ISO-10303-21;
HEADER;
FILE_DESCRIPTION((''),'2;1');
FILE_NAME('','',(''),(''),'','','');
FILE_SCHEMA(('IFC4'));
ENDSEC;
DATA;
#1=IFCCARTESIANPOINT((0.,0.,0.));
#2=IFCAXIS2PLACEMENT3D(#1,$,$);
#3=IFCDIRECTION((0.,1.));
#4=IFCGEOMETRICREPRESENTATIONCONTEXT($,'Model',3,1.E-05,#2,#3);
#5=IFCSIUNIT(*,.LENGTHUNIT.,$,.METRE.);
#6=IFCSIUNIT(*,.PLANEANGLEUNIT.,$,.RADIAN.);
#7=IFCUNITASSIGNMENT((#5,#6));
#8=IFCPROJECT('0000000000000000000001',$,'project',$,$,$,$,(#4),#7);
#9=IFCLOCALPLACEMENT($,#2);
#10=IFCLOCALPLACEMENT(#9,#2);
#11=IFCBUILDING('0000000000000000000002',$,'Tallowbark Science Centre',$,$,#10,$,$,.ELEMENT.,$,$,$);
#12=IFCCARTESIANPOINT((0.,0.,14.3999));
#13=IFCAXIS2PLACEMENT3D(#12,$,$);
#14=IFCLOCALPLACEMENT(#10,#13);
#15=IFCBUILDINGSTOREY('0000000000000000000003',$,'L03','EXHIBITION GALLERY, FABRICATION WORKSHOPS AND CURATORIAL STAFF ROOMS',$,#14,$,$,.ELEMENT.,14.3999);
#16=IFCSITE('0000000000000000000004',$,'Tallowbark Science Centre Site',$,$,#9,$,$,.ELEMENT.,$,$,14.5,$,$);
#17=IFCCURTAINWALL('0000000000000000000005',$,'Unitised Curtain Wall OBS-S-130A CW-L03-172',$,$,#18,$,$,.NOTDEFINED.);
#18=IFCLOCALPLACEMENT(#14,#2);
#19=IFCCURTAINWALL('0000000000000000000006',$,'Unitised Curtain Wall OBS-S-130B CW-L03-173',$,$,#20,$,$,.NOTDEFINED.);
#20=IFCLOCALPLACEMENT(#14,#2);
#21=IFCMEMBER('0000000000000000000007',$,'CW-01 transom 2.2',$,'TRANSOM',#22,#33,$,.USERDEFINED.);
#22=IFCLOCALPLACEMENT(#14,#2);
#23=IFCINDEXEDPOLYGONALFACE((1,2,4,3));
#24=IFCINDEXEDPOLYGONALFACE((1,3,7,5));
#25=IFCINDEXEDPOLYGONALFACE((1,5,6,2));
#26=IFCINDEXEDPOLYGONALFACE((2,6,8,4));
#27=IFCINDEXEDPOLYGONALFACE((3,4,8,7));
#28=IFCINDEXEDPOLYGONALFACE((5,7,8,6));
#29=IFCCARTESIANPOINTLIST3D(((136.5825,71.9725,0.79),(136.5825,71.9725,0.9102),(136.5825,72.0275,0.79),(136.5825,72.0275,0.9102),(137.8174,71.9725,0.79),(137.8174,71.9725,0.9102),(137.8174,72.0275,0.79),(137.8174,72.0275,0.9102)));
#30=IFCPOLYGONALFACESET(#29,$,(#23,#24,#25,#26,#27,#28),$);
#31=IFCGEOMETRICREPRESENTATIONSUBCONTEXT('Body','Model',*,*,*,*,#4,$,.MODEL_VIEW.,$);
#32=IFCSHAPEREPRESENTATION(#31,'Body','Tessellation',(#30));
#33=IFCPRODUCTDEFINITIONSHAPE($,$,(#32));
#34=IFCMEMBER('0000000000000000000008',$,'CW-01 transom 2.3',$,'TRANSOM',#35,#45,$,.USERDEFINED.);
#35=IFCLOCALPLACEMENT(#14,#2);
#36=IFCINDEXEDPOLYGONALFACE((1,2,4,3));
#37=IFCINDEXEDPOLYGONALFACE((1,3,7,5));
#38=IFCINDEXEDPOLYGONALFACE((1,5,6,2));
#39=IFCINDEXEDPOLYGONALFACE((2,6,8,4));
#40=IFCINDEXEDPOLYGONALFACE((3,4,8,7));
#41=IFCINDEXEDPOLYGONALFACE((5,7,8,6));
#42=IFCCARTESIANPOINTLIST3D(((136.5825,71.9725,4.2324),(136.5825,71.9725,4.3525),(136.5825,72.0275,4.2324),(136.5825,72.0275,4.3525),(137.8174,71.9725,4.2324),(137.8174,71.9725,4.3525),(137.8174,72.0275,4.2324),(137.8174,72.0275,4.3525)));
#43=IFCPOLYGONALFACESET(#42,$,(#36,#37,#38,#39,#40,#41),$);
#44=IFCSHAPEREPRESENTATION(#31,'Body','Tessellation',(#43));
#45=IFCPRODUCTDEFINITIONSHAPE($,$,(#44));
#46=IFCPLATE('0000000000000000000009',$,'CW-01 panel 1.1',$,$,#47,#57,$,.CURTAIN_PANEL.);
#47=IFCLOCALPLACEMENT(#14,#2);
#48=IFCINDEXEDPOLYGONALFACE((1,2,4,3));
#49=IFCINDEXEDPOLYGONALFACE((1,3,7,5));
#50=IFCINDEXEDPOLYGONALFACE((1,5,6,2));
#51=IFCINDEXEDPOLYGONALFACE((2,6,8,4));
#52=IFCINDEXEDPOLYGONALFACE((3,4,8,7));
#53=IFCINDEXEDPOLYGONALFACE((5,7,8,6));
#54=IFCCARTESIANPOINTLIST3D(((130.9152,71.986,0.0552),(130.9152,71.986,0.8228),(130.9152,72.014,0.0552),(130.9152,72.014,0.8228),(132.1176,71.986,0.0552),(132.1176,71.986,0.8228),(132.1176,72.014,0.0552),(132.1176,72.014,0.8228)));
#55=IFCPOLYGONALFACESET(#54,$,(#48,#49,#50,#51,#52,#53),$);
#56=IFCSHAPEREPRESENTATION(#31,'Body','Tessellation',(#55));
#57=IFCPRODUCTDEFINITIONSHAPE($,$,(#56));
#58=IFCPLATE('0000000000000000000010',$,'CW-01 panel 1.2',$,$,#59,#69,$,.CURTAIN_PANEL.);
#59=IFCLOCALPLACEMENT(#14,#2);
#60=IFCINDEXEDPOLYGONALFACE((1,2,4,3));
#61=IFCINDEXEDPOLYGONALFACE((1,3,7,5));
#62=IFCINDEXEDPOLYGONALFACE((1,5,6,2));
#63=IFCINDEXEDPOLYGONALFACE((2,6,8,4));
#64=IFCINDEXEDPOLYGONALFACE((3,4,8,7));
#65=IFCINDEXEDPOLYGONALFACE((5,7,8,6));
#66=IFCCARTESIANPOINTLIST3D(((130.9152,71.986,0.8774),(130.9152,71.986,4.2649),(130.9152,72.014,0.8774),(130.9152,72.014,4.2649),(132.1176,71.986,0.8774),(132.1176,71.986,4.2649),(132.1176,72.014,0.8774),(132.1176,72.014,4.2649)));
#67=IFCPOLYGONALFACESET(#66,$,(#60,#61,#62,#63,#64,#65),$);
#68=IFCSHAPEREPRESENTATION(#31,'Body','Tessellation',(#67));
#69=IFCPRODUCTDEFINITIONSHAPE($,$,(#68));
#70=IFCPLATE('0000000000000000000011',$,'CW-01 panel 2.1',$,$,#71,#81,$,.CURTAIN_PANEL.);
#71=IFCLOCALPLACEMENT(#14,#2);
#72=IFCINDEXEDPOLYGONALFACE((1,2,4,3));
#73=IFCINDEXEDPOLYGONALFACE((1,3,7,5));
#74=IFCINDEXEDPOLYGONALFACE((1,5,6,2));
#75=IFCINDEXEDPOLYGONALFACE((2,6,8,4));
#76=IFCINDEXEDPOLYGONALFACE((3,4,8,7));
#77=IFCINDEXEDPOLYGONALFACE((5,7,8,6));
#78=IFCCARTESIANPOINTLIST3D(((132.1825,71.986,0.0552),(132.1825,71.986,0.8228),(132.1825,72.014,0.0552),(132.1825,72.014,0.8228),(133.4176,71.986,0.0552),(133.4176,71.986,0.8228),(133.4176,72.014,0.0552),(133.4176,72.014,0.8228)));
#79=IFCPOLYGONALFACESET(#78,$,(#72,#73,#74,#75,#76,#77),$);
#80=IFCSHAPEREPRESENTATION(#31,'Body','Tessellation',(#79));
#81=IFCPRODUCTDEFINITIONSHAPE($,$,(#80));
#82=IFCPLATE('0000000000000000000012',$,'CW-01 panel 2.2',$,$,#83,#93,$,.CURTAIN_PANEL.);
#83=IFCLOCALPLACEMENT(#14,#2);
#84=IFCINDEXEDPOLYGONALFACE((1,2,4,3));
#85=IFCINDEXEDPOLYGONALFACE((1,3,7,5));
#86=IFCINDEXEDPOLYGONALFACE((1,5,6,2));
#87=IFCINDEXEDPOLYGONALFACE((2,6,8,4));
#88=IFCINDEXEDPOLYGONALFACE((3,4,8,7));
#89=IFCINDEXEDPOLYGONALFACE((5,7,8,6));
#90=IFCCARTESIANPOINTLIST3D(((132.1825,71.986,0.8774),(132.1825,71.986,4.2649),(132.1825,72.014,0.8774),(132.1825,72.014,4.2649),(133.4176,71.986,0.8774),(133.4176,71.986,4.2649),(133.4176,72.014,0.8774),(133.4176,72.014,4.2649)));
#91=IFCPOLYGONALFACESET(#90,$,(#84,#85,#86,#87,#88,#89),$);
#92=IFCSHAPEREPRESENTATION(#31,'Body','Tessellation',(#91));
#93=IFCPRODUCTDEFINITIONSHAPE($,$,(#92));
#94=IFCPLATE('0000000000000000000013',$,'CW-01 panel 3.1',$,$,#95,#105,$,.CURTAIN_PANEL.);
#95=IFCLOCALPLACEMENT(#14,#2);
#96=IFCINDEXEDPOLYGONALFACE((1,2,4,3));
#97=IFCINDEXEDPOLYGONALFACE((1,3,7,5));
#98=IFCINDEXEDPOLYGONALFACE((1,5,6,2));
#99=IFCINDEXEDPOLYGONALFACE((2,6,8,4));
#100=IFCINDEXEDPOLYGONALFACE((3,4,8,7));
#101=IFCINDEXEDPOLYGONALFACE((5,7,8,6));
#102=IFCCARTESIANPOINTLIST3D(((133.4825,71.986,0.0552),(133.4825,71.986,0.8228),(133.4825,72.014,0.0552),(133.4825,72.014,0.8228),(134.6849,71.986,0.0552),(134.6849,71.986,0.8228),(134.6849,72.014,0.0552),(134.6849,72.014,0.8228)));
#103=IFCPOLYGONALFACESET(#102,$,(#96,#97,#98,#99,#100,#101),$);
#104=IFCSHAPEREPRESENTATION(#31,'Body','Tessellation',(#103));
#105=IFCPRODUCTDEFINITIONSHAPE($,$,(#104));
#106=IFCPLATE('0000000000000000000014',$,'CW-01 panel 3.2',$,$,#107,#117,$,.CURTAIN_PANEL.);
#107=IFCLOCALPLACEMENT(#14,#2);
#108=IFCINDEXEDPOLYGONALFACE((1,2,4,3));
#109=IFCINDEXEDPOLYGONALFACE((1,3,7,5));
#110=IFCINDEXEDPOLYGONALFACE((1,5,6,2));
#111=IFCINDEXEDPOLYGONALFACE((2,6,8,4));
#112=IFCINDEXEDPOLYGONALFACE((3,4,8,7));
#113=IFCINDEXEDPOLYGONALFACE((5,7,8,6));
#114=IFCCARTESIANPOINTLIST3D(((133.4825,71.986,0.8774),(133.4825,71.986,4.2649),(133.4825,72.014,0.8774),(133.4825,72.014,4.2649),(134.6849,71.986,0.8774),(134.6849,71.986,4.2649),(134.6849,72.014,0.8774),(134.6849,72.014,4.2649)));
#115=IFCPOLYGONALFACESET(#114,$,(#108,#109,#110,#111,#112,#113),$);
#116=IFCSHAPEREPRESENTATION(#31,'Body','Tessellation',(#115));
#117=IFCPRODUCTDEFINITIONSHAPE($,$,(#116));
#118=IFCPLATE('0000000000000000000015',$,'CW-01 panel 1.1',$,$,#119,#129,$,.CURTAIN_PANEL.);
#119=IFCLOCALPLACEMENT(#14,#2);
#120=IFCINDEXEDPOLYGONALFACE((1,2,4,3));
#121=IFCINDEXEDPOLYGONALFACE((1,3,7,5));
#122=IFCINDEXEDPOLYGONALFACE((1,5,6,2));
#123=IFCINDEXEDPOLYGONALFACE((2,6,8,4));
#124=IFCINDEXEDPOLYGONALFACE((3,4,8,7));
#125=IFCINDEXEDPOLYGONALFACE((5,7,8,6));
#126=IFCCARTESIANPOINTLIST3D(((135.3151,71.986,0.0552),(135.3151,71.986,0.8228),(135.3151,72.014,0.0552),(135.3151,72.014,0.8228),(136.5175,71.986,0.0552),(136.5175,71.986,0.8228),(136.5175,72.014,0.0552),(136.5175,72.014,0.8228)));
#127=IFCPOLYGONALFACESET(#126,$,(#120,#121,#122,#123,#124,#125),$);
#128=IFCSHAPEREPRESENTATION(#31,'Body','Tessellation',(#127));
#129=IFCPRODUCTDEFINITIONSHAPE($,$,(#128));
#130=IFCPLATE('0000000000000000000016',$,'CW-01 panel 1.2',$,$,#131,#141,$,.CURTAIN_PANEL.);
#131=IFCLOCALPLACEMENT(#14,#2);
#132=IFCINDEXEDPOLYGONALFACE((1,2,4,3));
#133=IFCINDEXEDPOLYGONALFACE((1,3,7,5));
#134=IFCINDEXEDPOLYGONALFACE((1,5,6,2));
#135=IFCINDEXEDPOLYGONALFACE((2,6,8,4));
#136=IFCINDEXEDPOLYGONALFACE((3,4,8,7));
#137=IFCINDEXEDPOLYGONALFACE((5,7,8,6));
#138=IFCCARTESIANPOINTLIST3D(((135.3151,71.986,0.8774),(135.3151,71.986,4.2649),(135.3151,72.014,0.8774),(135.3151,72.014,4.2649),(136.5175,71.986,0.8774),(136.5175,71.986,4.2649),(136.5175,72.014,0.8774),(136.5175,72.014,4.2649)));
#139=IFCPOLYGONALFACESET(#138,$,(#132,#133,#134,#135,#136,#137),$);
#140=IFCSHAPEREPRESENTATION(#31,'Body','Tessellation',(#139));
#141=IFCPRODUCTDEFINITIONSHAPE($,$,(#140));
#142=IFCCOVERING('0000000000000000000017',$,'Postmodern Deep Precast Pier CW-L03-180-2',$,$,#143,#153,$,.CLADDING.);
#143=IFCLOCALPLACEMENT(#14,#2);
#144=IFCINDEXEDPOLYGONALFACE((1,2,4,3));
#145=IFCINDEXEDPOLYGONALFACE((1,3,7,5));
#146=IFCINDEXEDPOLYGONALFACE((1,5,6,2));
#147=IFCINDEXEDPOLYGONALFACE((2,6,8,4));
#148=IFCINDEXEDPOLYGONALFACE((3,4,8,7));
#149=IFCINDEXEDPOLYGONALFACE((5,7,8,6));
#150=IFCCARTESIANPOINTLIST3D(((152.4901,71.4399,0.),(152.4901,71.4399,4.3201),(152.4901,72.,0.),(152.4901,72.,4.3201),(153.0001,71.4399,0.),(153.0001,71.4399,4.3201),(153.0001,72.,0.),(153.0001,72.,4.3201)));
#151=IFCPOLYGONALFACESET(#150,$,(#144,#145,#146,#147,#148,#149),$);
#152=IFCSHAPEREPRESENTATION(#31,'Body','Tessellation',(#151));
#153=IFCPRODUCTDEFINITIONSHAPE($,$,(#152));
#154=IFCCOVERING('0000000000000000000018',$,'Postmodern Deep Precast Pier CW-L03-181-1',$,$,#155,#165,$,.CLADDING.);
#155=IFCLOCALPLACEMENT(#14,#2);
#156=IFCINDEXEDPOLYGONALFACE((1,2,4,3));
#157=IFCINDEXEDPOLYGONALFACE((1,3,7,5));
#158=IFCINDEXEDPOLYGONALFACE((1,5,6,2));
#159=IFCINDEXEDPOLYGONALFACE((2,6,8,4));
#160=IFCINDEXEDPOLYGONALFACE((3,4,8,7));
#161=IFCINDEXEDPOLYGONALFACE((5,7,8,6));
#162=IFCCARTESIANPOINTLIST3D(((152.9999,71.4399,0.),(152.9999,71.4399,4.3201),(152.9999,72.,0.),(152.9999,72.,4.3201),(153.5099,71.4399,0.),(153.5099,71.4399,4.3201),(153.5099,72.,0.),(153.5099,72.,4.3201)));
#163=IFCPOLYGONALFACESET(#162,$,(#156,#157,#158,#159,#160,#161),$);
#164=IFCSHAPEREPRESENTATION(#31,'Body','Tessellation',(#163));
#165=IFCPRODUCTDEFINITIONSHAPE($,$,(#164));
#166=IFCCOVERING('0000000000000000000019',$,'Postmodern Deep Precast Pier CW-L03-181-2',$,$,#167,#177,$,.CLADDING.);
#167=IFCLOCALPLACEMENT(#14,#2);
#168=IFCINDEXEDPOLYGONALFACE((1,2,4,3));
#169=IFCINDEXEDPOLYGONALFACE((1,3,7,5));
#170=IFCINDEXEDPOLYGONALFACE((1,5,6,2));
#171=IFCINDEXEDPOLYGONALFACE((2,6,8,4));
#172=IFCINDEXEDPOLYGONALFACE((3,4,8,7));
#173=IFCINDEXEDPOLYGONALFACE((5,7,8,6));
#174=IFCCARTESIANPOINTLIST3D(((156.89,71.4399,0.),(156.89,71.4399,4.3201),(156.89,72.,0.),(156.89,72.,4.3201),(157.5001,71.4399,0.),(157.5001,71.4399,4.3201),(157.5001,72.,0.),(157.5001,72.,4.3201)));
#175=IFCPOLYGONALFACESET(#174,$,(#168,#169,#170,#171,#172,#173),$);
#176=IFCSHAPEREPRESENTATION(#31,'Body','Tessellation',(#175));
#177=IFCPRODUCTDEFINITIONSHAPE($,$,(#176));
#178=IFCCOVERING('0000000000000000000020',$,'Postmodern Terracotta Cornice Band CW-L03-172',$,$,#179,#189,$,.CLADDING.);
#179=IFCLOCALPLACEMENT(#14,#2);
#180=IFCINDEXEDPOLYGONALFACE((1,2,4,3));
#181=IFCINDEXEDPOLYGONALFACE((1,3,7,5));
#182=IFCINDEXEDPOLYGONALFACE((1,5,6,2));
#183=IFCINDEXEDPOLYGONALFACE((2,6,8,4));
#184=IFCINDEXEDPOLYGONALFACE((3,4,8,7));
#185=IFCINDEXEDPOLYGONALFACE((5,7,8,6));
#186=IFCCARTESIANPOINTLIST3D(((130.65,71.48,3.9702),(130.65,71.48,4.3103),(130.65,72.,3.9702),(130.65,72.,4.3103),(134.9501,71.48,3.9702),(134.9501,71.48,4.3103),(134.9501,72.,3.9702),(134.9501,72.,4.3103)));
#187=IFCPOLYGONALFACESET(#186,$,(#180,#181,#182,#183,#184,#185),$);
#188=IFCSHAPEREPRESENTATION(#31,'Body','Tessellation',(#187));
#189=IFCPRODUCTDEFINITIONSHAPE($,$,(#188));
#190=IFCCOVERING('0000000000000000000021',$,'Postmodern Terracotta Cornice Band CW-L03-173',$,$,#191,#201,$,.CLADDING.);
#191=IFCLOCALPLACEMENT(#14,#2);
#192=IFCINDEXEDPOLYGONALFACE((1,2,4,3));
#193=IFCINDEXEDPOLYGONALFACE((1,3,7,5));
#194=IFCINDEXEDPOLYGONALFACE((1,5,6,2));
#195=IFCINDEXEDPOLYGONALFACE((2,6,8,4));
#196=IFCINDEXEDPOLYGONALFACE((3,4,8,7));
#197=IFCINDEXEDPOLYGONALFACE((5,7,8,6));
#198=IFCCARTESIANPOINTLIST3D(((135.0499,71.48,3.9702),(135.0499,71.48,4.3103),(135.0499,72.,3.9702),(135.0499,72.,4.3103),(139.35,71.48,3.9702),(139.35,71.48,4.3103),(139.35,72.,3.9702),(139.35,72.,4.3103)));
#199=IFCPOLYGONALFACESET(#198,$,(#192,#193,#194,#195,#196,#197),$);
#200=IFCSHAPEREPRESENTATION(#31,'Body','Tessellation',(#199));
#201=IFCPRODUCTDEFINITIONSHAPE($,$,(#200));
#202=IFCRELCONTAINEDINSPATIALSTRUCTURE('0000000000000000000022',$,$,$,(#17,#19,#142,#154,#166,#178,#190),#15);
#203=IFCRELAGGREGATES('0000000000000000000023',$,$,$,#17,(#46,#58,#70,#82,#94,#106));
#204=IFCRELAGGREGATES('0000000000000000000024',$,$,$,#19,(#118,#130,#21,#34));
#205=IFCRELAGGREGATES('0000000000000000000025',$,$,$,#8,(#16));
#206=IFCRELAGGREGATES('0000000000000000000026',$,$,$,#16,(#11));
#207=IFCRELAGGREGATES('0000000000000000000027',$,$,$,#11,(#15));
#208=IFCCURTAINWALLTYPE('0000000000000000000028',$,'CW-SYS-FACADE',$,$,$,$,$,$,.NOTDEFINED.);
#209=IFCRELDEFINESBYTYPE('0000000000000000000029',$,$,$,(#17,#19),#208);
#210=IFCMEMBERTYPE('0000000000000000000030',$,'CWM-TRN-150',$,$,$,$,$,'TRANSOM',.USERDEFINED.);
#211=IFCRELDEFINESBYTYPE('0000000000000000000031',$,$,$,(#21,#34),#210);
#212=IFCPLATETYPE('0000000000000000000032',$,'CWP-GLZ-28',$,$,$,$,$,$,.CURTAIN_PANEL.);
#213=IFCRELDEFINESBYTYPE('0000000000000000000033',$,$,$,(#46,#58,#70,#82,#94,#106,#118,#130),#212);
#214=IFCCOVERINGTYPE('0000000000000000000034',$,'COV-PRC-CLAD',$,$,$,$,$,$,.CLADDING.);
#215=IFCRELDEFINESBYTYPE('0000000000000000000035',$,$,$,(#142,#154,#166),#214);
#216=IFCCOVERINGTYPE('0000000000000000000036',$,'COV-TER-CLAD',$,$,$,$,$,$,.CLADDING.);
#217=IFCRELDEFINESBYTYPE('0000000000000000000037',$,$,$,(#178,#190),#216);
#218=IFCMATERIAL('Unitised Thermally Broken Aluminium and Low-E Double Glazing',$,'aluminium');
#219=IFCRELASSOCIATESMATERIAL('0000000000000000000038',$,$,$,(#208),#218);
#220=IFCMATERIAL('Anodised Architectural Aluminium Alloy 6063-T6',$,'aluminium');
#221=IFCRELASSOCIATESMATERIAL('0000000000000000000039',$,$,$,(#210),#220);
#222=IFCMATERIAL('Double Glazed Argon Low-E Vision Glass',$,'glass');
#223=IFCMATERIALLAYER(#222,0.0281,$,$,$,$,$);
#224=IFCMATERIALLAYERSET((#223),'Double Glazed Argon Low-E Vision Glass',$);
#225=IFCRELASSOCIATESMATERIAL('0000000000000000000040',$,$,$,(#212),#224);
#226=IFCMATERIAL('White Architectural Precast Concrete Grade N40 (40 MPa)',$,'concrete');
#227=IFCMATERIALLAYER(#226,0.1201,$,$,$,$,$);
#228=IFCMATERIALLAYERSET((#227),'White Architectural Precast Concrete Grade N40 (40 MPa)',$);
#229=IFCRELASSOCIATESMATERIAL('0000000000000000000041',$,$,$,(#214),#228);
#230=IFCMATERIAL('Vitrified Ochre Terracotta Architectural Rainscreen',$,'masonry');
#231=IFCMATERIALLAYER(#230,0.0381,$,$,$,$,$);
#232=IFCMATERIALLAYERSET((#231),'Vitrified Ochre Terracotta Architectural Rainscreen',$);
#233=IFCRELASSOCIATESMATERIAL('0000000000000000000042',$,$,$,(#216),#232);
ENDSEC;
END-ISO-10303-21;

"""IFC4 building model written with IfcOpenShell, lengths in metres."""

from ifc_helpers import new_model, si_unit, direction, frame, origin, origin_2d, place, context, subcontext, project, spatial, rectangle, extrude, material, layer, layer_set, material_profile, profile_set, type_object, element, aggregate, save


model = new_model("IFC4")

# Units and contexts
model_context = context("Model", 3, precision=1e-05, world=origin(), true_north=direction((0.0, 1.0)))
body_context = subcontext(model_context, "Body", "Model", "MODEL_VIEW")
ifc_project = project(units=[si_unit("LENGTHUNIT", "METRE"), si_unit("PLANEANGLEUNIT", "RADIAN")], contexts=[model_context])

# Site, building, storey
site_placement = place(None, origin())
site = spatial("IfcSite", under=ifc_project, at=site_placement, Name="Tallowbark Science Centre Site", CompositionType="ELEMENT", RefElevation=14.5)
building_placement = place(site_placement, origin())
building = spatial("IfcBuilding", under=site, at=building_placement, Name="Tallowbark Science Centre", CompositionType="ELEMENT")
storey_placement = place(building_placement, frame((0.0, 0.0, 14.3999)))
storey = spatial("IfcBuildingStorey", under=building, at=storey_placement, Name="L03", Description="EXHIBITION GALLERY, FABRICATION WORKSHOPS AND CURATORIAL STAFF ROOMS", CompositionType="ELEMENT", Elevation=14.3999)

# Curtain walls
ifc_material_1 = material(Name="Unitised Thermally Broken Aluminium and Low-E Double Glazing", Category="aluminium")
curtain_wall_type = type_object("IfcCurtainWallType", Name="CW-SYS-FACADE", PredefinedType="NOTDEFINED", material=ifc_material_1)
curtain_wall_1_placement = place(storey_placement, origin())
curtain_wall_1 = element("IfcCurtainWall", 1, at=curtain_wall_1_placement, inside=storey, type_object=curtain_wall_type, Name="Unitised Curtain Wall OBS-S-130A CW-L03-172", PredefinedType="NOTDEFINED")
ifc_material_2 = material(Name="Anodised Architectural Aluminium Alloy 6063-T6", Category="aluminium")
curtain_wall_2_placement = place(storey_placement, origin())
curtain_wall_2 = element("IfcCurtainWall", 2, at=curtain_wall_2_placement, inside=storey, type_object=curtain_wall_type, Name="Unitised Curtain Wall OBS-S-130B CW-L03-173", PredefinedType="NOTDEFINED")

# Members
ifc_material_profile_1 = material_profile(ifc_material_2, rectangle(XDim=0.0549, YDim=0.1201, at=origin_2d()), Name="ALU55x120")
ifc_profile_set_1 = profile_set([ifc_material_profile_1], Name="Anodised Architectural Aluminium Alloy 6063-T6")
member_type_1 = type_object("IfcMemberType", Name="CWM-TRN-150", ElementType="TRANSOM", PredefinedType="USERDEFINED", material=ifc_profile_set_1)
member_1_placement = place(storey_placement, frame((136.5825, 72.0, 0.8501), z_axis=(1.0, 0.0, 0.0), x_axis=(0.0, 1.0, 0.0)))
member_1 = element("IfcMember", 3, at=member_1_placement, type_object=member_type_1, Name="CW-01 transom 2.2", ObjectType="TRANSOM", PredefinedType="USERDEFINED", context=body_context, shape_type="SweptSolid", body=[
    extrude(rectangle(XDim=0.0549, YDim=0.1201, at=origin_2d()), origin(), (0.0, 0.0, 1.0), 1.2349),
])
member_2_placement = place(storey_placement, frame((136.5825, 72.0, 4.2925), z_axis=(1.0, 0.0, 0.0), x_axis=(0.0, 1.0, 0.0)))
member_2 = element("IfcMember", 4, at=member_2_placement, type_object=member_type_1, Name="CW-01 transom 2.3", ObjectType="TRANSOM", PredefinedType="USERDEFINED", context=body_context, shape_type="SweptSolid", body=[
    extrude(rectangle(XDim=0.0549, YDim=0.1201, at=origin_2d()), origin(), (0.0, 0.0, 1.0), 1.2349),
])

# Plates
ifc_material_3 = material(Name="Double Glazed Argon Low-E Vision Glass", Category="glass")
ifc_layer_1 = layer(ifc_material_3, 0.0281)
ifc_layer_set_1 = layer_set([ifc_layer_1], Name="Double Glazed Argon Low-E Vision Glass")
plate_type = type_object("IfcPlateType", Name="CWP-GLZ-28", PredefinedType="CURTAIN_PANEL", material=ifc_layer_set_1)
plate_1_placement = place(storey_placement, frame((131.5164, 72.0, 0.0552), z_axis=(0.0, 0.0, 1.0), x_axis=(1.0, 0.0, 0.0)))
plate_1 = element("IfcPlate", 5, at=plate_1_placement, type_object=plate_type, Name="CW-01 panel 1.1", PredefinedType="CURTAIN_PANEL", context=body_context, shape_type="SweptSolid", body=[
    extrude(rectangle(XDim=1.2024, YDim=0.0281, at=origin_2d()), origin(), (0.0, 0.0, 1.0), 0.7676),
])
plate_2_placement = place(storey_placement, frame((131.5164, 72.0, 0.8774), z_axis=(0.0, 0.0, 1.0), x_axis=(1.0, 0.0, 0.0)))
plate_2 = element("IfcPlate", 6, at=plate_2_placement, type_object=plate_type, Name="CW-01 panel 1.2", PredefinedType="CURTAIN_PANEL", context=body_context, shape_type="SweptSolid", body=[
    extrude(rectangle(XDim=1.2024, YDim=0.0281, at=origin_2d()), origin(), (0.0, 0.0, 1.0), 3.3875),
])
plate_3_placement = place(storey_placement, frame((132.8, 72.0, 0.0552), z_axis=(0.0, 0.0, 1.0), x_axis=(1.0, 0.0, 0.0)))
plate_3 = element("IfcPlate", 7, at=plate_3_placement, type_object=plate_type, Name="CW-01 panel 2.1", PredefinedType="CURTAIN_PANEL", context=body_context, shape_type="SweptSolid", body=[
    extrude(rectangle(XDim=1.2351, YDim=0.0281, at=origin_2d()), origin(), (0.0, 0.0, 1.0), 0.7676),
])
plate_4_placement = place(storey_placement, frame((132.8, 72.0, 0.8774), z_axis=(0.0, 0.0, 1.0), x_axis=(1.0, 0.0, 0.0)))
plate_4 = element("IfcPlate", 8, at=plate_4_placement, type_object=plate_type, Name="CW-01 panel 2.2", PredefinedType="CURTAIN_PANEL", context=body_context, shape_type="SweptSolid", body=[
    extrude(rectangle(XDim=1.2351, YDim=0.0281, at=origin_2d()), origin(), (0.0, 0.0, 1.0), 3.3875),
])
plate_5_placement = place(storey_placement, frame((134.0837, 72.0, 0.0552), z_axis=(0.0, 0.0, 1.0), x_axis=(1.0, 0.0, 0.0)))
plate_5 = element("IfcPlate", 9, at=plate_5_placement, type_object=plate_type, Name="CW-01 panel 3.1", PredefinedType="CURTAIN_PANEL", context=body_context, shape_type="SweptSolid", body=[
    extrude(rectangle(XDim=1.2024, YDim=0.0281, at=origin_2d()), origin(), (0.0, 0.0, 1.0), 0.7676),
])
plate_6_placement = place(storey_placement, frame((134.0837, 72.0, 0.8774), z_axis=(0.0, 0.0, 1.0), x_axis=(1.0, 0.0, 0.0)))
plate_6 = element("IfcPlate", 10, at=plate_6_placement, type_object=plate_type, Name="CW-01 panel 3.2", PredefinedType="CURTAIN_PANEL", context=body_context, shape_type="SweptSolid", body=[
    extrude(rectangle(XDim=1.2024, YDim=0.0281, at=origin_2d()), origin(), (0.0, 0.0, 1.0), 3.3875),
])
aggregate(curtain_wall_1, [plate_1, plate_2, plate_3, plate_4, plate_5, plate_6])
plate_7_placement = place(storey_placement, frame((135.9163, 72.0, 0.0552), z_axis=(0.0, 0.0, 1.0), x_axis=(1.0, 0.0, 0.0)))
plate_7 = element("IfcPlate", 11, at=plate_7_placement, type_object=plate_type, Name="CW-01 panel 1.1", PredefinedType="CURTAIN_PANEL", context=body_context, shape_type="SweptSolid", body=[
    extrude(rectangle(XDim=1.2024, YDim=0.0281, at=origin_2d()), origin(), (0.0, 0.0, 1.0), 0.7676),
])
plate_8_placement = place(storey_placement, frame((135.9163, 72.0, 0.8774), z_axis=(0.0, 0.0, 1.0), x_axis=(1.0, 0.0, 0.0)))
plate_8 = element("IfcPlate", 12, at=plate_8_placement, type_object=plate_type, Name="CW-01 panel 1.2", PredefinedType="CURTAIN_PANEL", context=body_context, shape_type="SweptSolid", body=[
    extrude(rectangle(XDim=1.2024, YDim=0.0281, at=origin_2d()), origin(), (0.0, 0.0, 1.0), 3.3875),
])
aggregate(curtain_wall_2, [plate_7, plate_8, member_1, member_2])

# Coverings
ifc_material_4 = material(Name="White Architectural Precast Concrete Grade N40 (40 MPa)", Category="concrete")
ifc_layer_2 = layer(ifc_material_4, 0.1201)
ifc_layer_set_2 = layer_set([ifc_layer_2], Name="White Architectural Precast Concrete Grade N40 (40 MPa)")
covering_type_1 = type_object("IfcCoveringType", Name="COV-PRC-CLAD", PredefinedType="CLADDING", material=ifc_layer_set_2)
for number, where, z_axis, x_axis, name in (
    (13, (152.7451, 71.72, 0.0), (0.0, 0.0, 1.0), (1.0, 0.0, 0.0), "Postmodern Deep Precast Pier CW-L03-180-2"),
    (14, (153.2549, 71.72, 0.0), (0.0, 0.0, 1.0), (1.0, 0.0, 0.0), "Postmodern Deep Precast Pier CW-L03-181-1"),
):
    element("IfcCovering", number, at=place(storey_placement, frame(where, z_axis=z_axis, x_axis=x_axis)), inside=storey, type_object=covering_type_1, Name=name, PredefinedType="CLADDING", context=body_context, shape_type="SweptSolid", body=[
        extrude(rectangle(XDim=0.51, YDim=0.5601, at=origin_2d()), origin(), (0.0, 0.0, 1.0), 4.3201),
    ])
covering_placement = place(storey_placement, frame((157.1951, 71.72, 0.0), z_axis=(0.0, 0.0, 1.0), x_axis=(1.0, 0.0, 0.0)))
element("IfcCovering", 15, at=covering_placement, inside=storey, type_object=covering_type_1, Name="Postmodern Deep Precast Pier CW-L03-181-2", PredefinedType="CLADDING", context=body_context, shape_type="SweptSolid", body=[
    extrude(rectangle(XDim=0.6101, YDim=0.5601, at=origin_2d()), origin(), (0.0, 0.0, 1.0), 4.3201),
])
ifc_material_5 = material(Name="Vitrified Ochre Terracotta Architectural Rainscreen", Category="masonry")
ifc_layer_3 = layer(ifc_material_5, 0.0381)
ifc_layer_set_3 = layer_set([ifc_layer_3], Name="Vitrified Ochre Terracotta Architectural Rainscreen")
covering_type_2 = type_object("IfcCoveringType", Name="COV-TER-CLAD", PredefinedType="CLADDING", material=ifc_layer_set_3)
for number, where, z_axis, x_axis, name in (
    (16, (132.8, 71.74, 3.9702), (0.0, 0.0, 1.0), (1.0, 0.0, 0.0), "Postmodern Terracotta Cornice Band CW-L03-172"),
    (17, (137.2, 71.74, 3.9702), (0.0, 0.0, 1.0), (1.0, 0.0, 0.0), "Postmodern Terracotta Cornice Band CW-L03-173"),
):
    element("IfcCovering", number, at=place(storey_placement, frame(where, z_axis=z_axis, x_axis=x_axis)), inside=storey, type_object=covering_type_2, Name=name, PredefinedType="CLADDING", context=body_context, shape_type="SweptSolid", body=[
        extrude(rectangle(XDim=4.3, YDim=0.52, at=origin_2d()), origin(), (0.0, 0.0, 1.0), 0.3401),
    ])

save(model, "model.ifc")
